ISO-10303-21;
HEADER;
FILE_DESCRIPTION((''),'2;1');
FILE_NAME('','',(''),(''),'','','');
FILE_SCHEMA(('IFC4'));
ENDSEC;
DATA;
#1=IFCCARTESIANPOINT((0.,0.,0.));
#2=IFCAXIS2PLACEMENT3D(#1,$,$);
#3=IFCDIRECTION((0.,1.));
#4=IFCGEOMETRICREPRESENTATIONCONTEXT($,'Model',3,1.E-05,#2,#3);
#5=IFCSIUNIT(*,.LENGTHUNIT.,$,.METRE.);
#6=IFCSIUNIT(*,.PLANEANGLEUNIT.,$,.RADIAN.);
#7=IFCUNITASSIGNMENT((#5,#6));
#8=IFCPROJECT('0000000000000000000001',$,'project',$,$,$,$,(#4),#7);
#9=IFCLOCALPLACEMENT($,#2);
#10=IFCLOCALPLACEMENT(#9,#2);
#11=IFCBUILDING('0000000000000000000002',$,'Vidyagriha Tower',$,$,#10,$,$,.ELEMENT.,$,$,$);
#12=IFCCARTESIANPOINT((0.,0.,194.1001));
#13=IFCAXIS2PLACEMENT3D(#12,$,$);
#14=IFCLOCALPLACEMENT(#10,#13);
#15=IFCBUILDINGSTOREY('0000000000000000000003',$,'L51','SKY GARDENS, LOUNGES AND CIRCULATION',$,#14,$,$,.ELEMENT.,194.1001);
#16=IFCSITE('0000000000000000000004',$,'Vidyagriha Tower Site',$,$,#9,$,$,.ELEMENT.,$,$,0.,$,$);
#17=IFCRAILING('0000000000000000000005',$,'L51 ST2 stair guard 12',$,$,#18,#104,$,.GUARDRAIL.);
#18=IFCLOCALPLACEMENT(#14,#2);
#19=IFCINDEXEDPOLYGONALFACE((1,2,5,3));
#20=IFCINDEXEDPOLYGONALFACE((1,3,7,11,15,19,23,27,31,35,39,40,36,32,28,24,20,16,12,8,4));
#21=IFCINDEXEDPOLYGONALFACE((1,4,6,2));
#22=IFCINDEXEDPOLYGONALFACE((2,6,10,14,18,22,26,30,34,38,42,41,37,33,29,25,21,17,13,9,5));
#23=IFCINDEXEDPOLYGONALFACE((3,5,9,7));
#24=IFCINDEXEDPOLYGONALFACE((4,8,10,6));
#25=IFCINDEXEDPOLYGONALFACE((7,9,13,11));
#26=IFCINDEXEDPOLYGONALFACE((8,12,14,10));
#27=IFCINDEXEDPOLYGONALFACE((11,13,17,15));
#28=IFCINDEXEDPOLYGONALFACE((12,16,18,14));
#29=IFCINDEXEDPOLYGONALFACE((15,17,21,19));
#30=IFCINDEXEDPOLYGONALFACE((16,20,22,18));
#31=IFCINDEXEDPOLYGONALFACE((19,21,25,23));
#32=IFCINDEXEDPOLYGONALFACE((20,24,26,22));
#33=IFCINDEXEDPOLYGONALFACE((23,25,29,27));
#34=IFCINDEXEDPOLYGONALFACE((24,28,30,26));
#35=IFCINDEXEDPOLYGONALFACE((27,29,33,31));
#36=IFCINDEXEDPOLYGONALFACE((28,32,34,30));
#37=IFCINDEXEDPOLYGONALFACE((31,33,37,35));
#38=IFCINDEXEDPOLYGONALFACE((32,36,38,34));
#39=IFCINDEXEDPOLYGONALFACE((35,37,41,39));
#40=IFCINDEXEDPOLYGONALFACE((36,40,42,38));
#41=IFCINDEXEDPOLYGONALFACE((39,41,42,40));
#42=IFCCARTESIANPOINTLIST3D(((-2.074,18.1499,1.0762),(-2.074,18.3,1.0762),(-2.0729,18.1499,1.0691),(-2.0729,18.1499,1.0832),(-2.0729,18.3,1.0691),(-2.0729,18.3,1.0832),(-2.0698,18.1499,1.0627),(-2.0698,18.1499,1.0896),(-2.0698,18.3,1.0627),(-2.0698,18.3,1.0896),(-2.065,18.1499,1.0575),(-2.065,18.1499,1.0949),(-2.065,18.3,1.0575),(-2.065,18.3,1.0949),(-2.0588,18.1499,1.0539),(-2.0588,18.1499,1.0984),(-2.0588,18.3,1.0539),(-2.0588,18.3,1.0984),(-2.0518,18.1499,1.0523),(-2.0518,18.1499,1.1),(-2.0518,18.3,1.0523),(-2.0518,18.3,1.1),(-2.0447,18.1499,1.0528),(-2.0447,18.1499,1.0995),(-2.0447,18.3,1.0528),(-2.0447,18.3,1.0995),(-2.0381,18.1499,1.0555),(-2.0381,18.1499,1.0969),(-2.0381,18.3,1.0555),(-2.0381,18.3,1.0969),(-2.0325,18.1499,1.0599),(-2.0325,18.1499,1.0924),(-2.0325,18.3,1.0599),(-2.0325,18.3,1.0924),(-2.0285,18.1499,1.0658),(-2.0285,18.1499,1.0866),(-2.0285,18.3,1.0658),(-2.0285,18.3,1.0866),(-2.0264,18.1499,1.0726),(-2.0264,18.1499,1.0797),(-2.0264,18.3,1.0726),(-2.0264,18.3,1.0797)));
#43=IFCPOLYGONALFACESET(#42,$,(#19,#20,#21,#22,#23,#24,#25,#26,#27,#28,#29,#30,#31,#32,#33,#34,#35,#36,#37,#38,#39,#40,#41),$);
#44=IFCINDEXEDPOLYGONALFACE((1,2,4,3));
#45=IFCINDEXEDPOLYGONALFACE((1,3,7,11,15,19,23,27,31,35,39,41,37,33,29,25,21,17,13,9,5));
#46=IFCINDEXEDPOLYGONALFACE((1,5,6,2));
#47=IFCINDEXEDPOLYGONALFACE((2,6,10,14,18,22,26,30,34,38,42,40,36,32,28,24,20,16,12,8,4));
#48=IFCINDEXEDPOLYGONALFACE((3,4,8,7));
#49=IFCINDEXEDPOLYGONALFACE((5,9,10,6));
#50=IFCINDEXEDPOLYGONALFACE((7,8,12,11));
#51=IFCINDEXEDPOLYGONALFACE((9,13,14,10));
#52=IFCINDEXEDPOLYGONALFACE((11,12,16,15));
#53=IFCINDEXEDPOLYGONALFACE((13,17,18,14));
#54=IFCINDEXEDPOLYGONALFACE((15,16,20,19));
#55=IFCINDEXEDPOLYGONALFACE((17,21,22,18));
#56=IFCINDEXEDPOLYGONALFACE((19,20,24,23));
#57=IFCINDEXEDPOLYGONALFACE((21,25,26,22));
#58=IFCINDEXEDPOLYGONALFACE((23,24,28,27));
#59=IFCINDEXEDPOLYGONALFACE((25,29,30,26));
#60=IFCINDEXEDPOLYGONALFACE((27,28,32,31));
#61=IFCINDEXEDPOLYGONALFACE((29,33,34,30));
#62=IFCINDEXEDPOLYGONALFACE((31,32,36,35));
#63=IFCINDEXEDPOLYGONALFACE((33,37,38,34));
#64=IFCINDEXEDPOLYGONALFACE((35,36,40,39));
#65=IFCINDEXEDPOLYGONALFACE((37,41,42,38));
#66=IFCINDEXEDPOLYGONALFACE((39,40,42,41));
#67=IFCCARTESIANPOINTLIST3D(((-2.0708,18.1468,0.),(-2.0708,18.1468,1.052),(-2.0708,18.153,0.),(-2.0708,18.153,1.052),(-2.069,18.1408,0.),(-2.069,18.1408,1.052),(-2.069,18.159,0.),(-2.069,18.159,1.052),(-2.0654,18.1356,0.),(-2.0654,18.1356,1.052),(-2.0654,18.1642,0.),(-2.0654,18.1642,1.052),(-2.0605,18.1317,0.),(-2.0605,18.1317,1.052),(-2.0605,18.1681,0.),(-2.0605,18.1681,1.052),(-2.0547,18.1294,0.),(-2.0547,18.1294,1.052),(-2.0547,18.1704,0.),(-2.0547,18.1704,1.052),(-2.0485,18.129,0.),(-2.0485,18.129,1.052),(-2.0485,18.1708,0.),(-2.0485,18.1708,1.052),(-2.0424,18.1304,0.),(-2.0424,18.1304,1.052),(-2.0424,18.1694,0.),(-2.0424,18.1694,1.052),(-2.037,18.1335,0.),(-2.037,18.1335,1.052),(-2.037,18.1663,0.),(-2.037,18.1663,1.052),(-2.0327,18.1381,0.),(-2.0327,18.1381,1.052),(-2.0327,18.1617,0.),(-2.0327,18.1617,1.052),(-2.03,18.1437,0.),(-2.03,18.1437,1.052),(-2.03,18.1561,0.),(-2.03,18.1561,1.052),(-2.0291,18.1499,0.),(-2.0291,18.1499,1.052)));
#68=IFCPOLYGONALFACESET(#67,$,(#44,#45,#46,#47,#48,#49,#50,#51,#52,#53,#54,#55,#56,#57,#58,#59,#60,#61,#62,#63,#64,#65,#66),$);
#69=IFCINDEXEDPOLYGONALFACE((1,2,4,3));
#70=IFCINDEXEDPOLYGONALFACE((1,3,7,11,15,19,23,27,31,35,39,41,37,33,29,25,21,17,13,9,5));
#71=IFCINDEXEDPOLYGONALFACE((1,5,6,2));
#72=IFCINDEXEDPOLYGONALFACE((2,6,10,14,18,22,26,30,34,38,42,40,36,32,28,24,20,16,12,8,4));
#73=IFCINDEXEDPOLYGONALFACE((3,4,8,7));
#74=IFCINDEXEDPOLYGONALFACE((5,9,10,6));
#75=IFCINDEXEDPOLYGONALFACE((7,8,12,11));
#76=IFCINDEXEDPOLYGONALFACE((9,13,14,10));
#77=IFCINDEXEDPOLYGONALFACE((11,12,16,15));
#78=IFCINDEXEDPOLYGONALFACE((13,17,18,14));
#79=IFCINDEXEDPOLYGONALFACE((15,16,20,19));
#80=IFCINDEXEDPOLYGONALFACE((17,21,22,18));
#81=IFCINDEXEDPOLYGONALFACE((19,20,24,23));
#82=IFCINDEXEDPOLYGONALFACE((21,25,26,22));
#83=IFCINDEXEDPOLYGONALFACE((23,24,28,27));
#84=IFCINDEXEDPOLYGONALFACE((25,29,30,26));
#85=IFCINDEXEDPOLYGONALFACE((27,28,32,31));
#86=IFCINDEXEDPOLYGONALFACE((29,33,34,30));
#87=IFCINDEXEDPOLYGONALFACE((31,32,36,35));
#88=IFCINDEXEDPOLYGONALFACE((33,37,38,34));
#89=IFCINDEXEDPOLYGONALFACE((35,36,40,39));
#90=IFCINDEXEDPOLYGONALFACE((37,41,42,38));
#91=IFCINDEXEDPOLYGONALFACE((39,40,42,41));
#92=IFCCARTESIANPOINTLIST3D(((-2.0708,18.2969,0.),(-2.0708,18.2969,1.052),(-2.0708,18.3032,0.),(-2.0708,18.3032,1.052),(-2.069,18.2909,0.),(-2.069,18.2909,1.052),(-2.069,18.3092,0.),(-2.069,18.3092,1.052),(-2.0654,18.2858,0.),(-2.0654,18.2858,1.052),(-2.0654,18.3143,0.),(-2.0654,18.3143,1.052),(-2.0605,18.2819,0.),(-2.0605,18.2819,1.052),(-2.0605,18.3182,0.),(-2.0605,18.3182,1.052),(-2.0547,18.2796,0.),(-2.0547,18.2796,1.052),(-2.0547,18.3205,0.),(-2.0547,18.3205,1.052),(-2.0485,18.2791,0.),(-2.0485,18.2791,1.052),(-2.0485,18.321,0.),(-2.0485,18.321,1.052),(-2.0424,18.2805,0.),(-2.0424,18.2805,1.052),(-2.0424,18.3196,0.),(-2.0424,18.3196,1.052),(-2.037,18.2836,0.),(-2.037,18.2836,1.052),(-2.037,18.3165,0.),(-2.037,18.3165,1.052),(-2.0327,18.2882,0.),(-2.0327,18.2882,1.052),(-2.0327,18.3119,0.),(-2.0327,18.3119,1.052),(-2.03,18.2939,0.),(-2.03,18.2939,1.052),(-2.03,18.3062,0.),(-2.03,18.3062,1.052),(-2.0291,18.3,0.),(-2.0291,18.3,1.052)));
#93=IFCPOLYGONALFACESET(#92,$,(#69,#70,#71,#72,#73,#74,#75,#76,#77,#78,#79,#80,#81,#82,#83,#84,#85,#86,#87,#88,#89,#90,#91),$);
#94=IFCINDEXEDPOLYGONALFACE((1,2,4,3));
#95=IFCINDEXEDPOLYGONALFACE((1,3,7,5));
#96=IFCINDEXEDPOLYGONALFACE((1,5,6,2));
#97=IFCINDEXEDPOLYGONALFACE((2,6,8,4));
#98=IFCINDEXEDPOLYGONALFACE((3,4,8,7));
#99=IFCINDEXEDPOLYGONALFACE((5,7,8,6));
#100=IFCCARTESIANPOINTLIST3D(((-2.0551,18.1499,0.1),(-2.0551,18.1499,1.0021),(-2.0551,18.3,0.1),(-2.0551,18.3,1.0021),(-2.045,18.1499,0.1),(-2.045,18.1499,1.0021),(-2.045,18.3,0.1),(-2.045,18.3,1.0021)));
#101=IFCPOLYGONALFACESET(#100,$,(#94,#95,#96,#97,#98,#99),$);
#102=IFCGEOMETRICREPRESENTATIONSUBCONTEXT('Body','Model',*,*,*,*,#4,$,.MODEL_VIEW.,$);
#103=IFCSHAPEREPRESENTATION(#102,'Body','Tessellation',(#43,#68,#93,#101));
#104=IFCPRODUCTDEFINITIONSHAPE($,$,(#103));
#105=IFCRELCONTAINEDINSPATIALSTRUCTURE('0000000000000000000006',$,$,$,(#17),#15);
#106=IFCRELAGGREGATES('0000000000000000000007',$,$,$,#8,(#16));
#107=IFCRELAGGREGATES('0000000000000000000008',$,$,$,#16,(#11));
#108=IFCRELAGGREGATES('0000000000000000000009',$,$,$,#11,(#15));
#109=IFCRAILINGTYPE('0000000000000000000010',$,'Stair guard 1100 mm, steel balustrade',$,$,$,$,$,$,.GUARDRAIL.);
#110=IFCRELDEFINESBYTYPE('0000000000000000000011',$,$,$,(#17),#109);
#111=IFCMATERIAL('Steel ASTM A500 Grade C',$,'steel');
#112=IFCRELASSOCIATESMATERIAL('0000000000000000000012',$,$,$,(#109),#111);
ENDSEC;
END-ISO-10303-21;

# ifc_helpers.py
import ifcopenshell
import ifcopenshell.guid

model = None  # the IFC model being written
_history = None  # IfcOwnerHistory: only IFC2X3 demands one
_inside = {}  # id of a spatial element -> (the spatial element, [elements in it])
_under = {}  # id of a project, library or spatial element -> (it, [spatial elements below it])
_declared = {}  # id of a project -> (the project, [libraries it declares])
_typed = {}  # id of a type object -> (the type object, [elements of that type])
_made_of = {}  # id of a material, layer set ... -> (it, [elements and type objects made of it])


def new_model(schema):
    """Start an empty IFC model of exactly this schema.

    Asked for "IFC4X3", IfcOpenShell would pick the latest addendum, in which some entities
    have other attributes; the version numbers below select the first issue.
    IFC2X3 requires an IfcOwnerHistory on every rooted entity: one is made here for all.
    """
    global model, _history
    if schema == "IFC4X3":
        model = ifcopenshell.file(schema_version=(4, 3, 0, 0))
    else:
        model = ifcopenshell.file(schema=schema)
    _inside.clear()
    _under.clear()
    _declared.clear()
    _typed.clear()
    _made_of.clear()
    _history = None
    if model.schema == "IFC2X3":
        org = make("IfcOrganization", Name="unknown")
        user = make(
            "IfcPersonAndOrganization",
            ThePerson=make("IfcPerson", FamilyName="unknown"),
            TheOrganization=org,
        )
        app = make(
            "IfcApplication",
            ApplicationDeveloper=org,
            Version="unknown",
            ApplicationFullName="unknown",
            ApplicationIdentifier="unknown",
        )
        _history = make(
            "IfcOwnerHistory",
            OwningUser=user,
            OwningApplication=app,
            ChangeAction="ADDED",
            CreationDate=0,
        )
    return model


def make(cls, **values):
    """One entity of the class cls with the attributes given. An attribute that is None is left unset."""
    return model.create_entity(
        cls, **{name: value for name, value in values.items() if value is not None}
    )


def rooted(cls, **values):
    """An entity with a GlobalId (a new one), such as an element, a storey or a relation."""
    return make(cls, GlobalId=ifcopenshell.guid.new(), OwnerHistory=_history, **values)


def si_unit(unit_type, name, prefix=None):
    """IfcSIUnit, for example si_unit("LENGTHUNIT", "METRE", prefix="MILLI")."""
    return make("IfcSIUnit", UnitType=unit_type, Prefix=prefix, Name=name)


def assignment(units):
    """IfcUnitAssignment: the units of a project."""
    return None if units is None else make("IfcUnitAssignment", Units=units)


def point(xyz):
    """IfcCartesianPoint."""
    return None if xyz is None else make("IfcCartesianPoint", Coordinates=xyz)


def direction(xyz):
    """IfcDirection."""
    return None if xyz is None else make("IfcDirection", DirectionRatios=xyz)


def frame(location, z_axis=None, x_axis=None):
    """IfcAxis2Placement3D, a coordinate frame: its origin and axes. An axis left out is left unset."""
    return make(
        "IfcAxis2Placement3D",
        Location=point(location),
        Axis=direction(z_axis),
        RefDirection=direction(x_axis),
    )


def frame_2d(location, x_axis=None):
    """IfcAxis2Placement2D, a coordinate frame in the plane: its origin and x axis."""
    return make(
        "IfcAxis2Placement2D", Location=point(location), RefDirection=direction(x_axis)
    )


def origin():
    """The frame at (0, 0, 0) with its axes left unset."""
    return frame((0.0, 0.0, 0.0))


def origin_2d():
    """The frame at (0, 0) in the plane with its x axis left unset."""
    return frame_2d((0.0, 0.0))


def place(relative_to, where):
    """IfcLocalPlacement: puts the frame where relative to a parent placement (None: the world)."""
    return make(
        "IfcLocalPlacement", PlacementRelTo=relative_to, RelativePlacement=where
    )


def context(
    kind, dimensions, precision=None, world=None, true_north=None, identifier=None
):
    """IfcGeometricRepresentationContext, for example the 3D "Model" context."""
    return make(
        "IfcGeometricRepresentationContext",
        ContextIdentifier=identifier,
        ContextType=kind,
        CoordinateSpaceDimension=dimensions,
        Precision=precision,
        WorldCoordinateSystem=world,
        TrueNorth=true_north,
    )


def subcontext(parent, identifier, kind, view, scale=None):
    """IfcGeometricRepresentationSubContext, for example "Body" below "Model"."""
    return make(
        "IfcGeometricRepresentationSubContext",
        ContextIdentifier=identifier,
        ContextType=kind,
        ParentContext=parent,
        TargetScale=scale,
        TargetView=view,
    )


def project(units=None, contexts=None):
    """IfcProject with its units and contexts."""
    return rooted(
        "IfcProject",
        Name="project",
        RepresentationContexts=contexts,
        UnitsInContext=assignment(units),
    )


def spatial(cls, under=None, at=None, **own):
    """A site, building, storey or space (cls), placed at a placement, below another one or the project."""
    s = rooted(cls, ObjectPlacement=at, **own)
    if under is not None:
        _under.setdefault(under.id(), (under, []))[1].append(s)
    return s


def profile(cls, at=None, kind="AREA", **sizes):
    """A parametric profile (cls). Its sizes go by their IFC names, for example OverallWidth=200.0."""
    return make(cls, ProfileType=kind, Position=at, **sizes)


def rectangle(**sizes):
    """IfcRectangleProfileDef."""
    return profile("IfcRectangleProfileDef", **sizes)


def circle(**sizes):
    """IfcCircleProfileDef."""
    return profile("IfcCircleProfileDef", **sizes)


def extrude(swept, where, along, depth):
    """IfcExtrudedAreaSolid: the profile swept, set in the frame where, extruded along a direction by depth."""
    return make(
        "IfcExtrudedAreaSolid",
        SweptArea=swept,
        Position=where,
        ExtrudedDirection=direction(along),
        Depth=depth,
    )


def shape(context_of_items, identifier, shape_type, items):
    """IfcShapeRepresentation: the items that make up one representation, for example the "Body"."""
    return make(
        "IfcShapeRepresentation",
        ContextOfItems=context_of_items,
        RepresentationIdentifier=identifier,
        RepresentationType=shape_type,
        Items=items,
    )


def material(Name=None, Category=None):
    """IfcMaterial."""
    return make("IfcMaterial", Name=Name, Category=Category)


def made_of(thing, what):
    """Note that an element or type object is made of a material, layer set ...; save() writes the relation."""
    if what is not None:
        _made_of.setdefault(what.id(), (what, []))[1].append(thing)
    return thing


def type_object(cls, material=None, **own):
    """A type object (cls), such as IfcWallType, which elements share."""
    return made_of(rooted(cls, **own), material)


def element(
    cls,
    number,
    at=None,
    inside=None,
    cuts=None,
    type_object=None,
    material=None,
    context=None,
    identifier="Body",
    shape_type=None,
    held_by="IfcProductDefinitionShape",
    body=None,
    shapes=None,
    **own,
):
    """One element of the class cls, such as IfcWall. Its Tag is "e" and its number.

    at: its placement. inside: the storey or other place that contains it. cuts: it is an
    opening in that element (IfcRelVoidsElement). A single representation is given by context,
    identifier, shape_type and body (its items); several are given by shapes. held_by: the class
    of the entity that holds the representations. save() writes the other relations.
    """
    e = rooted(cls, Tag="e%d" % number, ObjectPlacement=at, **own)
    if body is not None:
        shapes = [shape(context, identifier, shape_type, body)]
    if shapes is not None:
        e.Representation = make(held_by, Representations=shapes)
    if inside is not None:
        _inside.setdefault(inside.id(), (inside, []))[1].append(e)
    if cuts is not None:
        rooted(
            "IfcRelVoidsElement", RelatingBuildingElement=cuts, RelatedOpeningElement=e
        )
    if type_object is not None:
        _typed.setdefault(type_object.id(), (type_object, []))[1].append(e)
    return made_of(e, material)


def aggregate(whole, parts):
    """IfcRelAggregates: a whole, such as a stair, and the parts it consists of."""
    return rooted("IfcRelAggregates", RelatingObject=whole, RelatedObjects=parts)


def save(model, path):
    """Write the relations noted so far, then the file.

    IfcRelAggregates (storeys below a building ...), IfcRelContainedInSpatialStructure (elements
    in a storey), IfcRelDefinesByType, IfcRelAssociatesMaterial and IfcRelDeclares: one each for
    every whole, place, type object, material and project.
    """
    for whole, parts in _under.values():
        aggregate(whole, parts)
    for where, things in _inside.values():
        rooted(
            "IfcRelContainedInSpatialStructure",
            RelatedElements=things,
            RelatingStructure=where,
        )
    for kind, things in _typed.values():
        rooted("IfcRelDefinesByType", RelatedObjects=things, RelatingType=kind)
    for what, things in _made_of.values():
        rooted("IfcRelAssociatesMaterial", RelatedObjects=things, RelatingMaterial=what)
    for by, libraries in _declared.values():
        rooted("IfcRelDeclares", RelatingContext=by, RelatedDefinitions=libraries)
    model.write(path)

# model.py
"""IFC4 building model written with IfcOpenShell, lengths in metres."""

from ifc_helpers import new_model, si_unit, direction, frame, origin, origin_2d, place, context, subcontext, project, spatial, rectangle, circle, extrude, material, type_object, element, save


model = new_model("IFC4")

# Units and contexts
model_context = context("Model", 3, precision=1e-05, world=origin(), true_north=direction((0.0, 1.0)))
body_context = subcontext(model_context, "Body", "Model", "MODEL_VIEW")
ifc_project = project(units=[si_unit("LENGTHUNIT", "METRE"), si_unit("PLANEANGLEUNIT", "RADIAN")], contexts=[model_context])

# Site, building, storey
site_placement = place(None, origin())
site = spatial("IfcSite", under=ifc_project, at=site_placement, Name="Vidyagriha Tower Site", CompositionType="ELEMENT", RefElevation=0.0)
building_placement = place(site_placement, origin())
building = spatial("IfcBuilding", under=site, at=building_placement, Name="Vidyagriha Tower", CompositionType="ELEMENT")
storey_placement = place(building_placement, frame((0.0, 0.0, 194.1001)))
storey = spatial("IfcBuildingStorey", under=building, at=storey_placement, Name="L51", Description="SKY GARDENS, LOUNGES AND CIRCULATION", CompositionType="ELEMENT", Elevation=194.1001)

# Railing
ifc_material_1 = material(Name="Steel ASTM A500 Grade C", Category="steel")
railing_type_1 = type_object("IfcRailingType", Name="Stair guard 1100 mm, steel balustrade", PredefinedType="GUARDRAIL", material=ifc_material_1)
railing_1_placement = place(storey_placement, frame((-2.05, 18.1499, 0.0)))
element("IfcRailing", 1, at=railing_1_placement, inside=storey, type_object=railing_type_1, Name="L51 ST2 stair guard 12", PredefinedType="GUARDRAIL", context=body_context, shape_type="SweptSolid", body=[
    extrude(circle(Radius=0.0239, at=origin_2d()), frame((0.0, 0.0, 1.0762), z_axis=(0.0, 1.0, 0.0), x_axis=(-1.0, 0.0, 0.0)), (0.0, 0.0, 1.0), 0.1501),
    extrude(circle(Radius=0.021, at=origin_2d()), origin(), (0.0, 0.0, 1.0), 1.052),
    extrude(circle(Radius=0.021, at=origin_2d()), frame((0.0, 0.1501, 0.0)), (0.0, 0.0, 1.0), 1.052),
    extrude(rectangle(XDim=0.01, YDim=0.9021, at=origin_2d()), frame((0.0, 0.0, 0.551), z_axis=(0.0, 1.0, 0.0), x_axis=(-1.0, 0.0, 0.0)), (0.0, 0.0, 1.0), 0.1501),
])

save(model, "model.ifc")
